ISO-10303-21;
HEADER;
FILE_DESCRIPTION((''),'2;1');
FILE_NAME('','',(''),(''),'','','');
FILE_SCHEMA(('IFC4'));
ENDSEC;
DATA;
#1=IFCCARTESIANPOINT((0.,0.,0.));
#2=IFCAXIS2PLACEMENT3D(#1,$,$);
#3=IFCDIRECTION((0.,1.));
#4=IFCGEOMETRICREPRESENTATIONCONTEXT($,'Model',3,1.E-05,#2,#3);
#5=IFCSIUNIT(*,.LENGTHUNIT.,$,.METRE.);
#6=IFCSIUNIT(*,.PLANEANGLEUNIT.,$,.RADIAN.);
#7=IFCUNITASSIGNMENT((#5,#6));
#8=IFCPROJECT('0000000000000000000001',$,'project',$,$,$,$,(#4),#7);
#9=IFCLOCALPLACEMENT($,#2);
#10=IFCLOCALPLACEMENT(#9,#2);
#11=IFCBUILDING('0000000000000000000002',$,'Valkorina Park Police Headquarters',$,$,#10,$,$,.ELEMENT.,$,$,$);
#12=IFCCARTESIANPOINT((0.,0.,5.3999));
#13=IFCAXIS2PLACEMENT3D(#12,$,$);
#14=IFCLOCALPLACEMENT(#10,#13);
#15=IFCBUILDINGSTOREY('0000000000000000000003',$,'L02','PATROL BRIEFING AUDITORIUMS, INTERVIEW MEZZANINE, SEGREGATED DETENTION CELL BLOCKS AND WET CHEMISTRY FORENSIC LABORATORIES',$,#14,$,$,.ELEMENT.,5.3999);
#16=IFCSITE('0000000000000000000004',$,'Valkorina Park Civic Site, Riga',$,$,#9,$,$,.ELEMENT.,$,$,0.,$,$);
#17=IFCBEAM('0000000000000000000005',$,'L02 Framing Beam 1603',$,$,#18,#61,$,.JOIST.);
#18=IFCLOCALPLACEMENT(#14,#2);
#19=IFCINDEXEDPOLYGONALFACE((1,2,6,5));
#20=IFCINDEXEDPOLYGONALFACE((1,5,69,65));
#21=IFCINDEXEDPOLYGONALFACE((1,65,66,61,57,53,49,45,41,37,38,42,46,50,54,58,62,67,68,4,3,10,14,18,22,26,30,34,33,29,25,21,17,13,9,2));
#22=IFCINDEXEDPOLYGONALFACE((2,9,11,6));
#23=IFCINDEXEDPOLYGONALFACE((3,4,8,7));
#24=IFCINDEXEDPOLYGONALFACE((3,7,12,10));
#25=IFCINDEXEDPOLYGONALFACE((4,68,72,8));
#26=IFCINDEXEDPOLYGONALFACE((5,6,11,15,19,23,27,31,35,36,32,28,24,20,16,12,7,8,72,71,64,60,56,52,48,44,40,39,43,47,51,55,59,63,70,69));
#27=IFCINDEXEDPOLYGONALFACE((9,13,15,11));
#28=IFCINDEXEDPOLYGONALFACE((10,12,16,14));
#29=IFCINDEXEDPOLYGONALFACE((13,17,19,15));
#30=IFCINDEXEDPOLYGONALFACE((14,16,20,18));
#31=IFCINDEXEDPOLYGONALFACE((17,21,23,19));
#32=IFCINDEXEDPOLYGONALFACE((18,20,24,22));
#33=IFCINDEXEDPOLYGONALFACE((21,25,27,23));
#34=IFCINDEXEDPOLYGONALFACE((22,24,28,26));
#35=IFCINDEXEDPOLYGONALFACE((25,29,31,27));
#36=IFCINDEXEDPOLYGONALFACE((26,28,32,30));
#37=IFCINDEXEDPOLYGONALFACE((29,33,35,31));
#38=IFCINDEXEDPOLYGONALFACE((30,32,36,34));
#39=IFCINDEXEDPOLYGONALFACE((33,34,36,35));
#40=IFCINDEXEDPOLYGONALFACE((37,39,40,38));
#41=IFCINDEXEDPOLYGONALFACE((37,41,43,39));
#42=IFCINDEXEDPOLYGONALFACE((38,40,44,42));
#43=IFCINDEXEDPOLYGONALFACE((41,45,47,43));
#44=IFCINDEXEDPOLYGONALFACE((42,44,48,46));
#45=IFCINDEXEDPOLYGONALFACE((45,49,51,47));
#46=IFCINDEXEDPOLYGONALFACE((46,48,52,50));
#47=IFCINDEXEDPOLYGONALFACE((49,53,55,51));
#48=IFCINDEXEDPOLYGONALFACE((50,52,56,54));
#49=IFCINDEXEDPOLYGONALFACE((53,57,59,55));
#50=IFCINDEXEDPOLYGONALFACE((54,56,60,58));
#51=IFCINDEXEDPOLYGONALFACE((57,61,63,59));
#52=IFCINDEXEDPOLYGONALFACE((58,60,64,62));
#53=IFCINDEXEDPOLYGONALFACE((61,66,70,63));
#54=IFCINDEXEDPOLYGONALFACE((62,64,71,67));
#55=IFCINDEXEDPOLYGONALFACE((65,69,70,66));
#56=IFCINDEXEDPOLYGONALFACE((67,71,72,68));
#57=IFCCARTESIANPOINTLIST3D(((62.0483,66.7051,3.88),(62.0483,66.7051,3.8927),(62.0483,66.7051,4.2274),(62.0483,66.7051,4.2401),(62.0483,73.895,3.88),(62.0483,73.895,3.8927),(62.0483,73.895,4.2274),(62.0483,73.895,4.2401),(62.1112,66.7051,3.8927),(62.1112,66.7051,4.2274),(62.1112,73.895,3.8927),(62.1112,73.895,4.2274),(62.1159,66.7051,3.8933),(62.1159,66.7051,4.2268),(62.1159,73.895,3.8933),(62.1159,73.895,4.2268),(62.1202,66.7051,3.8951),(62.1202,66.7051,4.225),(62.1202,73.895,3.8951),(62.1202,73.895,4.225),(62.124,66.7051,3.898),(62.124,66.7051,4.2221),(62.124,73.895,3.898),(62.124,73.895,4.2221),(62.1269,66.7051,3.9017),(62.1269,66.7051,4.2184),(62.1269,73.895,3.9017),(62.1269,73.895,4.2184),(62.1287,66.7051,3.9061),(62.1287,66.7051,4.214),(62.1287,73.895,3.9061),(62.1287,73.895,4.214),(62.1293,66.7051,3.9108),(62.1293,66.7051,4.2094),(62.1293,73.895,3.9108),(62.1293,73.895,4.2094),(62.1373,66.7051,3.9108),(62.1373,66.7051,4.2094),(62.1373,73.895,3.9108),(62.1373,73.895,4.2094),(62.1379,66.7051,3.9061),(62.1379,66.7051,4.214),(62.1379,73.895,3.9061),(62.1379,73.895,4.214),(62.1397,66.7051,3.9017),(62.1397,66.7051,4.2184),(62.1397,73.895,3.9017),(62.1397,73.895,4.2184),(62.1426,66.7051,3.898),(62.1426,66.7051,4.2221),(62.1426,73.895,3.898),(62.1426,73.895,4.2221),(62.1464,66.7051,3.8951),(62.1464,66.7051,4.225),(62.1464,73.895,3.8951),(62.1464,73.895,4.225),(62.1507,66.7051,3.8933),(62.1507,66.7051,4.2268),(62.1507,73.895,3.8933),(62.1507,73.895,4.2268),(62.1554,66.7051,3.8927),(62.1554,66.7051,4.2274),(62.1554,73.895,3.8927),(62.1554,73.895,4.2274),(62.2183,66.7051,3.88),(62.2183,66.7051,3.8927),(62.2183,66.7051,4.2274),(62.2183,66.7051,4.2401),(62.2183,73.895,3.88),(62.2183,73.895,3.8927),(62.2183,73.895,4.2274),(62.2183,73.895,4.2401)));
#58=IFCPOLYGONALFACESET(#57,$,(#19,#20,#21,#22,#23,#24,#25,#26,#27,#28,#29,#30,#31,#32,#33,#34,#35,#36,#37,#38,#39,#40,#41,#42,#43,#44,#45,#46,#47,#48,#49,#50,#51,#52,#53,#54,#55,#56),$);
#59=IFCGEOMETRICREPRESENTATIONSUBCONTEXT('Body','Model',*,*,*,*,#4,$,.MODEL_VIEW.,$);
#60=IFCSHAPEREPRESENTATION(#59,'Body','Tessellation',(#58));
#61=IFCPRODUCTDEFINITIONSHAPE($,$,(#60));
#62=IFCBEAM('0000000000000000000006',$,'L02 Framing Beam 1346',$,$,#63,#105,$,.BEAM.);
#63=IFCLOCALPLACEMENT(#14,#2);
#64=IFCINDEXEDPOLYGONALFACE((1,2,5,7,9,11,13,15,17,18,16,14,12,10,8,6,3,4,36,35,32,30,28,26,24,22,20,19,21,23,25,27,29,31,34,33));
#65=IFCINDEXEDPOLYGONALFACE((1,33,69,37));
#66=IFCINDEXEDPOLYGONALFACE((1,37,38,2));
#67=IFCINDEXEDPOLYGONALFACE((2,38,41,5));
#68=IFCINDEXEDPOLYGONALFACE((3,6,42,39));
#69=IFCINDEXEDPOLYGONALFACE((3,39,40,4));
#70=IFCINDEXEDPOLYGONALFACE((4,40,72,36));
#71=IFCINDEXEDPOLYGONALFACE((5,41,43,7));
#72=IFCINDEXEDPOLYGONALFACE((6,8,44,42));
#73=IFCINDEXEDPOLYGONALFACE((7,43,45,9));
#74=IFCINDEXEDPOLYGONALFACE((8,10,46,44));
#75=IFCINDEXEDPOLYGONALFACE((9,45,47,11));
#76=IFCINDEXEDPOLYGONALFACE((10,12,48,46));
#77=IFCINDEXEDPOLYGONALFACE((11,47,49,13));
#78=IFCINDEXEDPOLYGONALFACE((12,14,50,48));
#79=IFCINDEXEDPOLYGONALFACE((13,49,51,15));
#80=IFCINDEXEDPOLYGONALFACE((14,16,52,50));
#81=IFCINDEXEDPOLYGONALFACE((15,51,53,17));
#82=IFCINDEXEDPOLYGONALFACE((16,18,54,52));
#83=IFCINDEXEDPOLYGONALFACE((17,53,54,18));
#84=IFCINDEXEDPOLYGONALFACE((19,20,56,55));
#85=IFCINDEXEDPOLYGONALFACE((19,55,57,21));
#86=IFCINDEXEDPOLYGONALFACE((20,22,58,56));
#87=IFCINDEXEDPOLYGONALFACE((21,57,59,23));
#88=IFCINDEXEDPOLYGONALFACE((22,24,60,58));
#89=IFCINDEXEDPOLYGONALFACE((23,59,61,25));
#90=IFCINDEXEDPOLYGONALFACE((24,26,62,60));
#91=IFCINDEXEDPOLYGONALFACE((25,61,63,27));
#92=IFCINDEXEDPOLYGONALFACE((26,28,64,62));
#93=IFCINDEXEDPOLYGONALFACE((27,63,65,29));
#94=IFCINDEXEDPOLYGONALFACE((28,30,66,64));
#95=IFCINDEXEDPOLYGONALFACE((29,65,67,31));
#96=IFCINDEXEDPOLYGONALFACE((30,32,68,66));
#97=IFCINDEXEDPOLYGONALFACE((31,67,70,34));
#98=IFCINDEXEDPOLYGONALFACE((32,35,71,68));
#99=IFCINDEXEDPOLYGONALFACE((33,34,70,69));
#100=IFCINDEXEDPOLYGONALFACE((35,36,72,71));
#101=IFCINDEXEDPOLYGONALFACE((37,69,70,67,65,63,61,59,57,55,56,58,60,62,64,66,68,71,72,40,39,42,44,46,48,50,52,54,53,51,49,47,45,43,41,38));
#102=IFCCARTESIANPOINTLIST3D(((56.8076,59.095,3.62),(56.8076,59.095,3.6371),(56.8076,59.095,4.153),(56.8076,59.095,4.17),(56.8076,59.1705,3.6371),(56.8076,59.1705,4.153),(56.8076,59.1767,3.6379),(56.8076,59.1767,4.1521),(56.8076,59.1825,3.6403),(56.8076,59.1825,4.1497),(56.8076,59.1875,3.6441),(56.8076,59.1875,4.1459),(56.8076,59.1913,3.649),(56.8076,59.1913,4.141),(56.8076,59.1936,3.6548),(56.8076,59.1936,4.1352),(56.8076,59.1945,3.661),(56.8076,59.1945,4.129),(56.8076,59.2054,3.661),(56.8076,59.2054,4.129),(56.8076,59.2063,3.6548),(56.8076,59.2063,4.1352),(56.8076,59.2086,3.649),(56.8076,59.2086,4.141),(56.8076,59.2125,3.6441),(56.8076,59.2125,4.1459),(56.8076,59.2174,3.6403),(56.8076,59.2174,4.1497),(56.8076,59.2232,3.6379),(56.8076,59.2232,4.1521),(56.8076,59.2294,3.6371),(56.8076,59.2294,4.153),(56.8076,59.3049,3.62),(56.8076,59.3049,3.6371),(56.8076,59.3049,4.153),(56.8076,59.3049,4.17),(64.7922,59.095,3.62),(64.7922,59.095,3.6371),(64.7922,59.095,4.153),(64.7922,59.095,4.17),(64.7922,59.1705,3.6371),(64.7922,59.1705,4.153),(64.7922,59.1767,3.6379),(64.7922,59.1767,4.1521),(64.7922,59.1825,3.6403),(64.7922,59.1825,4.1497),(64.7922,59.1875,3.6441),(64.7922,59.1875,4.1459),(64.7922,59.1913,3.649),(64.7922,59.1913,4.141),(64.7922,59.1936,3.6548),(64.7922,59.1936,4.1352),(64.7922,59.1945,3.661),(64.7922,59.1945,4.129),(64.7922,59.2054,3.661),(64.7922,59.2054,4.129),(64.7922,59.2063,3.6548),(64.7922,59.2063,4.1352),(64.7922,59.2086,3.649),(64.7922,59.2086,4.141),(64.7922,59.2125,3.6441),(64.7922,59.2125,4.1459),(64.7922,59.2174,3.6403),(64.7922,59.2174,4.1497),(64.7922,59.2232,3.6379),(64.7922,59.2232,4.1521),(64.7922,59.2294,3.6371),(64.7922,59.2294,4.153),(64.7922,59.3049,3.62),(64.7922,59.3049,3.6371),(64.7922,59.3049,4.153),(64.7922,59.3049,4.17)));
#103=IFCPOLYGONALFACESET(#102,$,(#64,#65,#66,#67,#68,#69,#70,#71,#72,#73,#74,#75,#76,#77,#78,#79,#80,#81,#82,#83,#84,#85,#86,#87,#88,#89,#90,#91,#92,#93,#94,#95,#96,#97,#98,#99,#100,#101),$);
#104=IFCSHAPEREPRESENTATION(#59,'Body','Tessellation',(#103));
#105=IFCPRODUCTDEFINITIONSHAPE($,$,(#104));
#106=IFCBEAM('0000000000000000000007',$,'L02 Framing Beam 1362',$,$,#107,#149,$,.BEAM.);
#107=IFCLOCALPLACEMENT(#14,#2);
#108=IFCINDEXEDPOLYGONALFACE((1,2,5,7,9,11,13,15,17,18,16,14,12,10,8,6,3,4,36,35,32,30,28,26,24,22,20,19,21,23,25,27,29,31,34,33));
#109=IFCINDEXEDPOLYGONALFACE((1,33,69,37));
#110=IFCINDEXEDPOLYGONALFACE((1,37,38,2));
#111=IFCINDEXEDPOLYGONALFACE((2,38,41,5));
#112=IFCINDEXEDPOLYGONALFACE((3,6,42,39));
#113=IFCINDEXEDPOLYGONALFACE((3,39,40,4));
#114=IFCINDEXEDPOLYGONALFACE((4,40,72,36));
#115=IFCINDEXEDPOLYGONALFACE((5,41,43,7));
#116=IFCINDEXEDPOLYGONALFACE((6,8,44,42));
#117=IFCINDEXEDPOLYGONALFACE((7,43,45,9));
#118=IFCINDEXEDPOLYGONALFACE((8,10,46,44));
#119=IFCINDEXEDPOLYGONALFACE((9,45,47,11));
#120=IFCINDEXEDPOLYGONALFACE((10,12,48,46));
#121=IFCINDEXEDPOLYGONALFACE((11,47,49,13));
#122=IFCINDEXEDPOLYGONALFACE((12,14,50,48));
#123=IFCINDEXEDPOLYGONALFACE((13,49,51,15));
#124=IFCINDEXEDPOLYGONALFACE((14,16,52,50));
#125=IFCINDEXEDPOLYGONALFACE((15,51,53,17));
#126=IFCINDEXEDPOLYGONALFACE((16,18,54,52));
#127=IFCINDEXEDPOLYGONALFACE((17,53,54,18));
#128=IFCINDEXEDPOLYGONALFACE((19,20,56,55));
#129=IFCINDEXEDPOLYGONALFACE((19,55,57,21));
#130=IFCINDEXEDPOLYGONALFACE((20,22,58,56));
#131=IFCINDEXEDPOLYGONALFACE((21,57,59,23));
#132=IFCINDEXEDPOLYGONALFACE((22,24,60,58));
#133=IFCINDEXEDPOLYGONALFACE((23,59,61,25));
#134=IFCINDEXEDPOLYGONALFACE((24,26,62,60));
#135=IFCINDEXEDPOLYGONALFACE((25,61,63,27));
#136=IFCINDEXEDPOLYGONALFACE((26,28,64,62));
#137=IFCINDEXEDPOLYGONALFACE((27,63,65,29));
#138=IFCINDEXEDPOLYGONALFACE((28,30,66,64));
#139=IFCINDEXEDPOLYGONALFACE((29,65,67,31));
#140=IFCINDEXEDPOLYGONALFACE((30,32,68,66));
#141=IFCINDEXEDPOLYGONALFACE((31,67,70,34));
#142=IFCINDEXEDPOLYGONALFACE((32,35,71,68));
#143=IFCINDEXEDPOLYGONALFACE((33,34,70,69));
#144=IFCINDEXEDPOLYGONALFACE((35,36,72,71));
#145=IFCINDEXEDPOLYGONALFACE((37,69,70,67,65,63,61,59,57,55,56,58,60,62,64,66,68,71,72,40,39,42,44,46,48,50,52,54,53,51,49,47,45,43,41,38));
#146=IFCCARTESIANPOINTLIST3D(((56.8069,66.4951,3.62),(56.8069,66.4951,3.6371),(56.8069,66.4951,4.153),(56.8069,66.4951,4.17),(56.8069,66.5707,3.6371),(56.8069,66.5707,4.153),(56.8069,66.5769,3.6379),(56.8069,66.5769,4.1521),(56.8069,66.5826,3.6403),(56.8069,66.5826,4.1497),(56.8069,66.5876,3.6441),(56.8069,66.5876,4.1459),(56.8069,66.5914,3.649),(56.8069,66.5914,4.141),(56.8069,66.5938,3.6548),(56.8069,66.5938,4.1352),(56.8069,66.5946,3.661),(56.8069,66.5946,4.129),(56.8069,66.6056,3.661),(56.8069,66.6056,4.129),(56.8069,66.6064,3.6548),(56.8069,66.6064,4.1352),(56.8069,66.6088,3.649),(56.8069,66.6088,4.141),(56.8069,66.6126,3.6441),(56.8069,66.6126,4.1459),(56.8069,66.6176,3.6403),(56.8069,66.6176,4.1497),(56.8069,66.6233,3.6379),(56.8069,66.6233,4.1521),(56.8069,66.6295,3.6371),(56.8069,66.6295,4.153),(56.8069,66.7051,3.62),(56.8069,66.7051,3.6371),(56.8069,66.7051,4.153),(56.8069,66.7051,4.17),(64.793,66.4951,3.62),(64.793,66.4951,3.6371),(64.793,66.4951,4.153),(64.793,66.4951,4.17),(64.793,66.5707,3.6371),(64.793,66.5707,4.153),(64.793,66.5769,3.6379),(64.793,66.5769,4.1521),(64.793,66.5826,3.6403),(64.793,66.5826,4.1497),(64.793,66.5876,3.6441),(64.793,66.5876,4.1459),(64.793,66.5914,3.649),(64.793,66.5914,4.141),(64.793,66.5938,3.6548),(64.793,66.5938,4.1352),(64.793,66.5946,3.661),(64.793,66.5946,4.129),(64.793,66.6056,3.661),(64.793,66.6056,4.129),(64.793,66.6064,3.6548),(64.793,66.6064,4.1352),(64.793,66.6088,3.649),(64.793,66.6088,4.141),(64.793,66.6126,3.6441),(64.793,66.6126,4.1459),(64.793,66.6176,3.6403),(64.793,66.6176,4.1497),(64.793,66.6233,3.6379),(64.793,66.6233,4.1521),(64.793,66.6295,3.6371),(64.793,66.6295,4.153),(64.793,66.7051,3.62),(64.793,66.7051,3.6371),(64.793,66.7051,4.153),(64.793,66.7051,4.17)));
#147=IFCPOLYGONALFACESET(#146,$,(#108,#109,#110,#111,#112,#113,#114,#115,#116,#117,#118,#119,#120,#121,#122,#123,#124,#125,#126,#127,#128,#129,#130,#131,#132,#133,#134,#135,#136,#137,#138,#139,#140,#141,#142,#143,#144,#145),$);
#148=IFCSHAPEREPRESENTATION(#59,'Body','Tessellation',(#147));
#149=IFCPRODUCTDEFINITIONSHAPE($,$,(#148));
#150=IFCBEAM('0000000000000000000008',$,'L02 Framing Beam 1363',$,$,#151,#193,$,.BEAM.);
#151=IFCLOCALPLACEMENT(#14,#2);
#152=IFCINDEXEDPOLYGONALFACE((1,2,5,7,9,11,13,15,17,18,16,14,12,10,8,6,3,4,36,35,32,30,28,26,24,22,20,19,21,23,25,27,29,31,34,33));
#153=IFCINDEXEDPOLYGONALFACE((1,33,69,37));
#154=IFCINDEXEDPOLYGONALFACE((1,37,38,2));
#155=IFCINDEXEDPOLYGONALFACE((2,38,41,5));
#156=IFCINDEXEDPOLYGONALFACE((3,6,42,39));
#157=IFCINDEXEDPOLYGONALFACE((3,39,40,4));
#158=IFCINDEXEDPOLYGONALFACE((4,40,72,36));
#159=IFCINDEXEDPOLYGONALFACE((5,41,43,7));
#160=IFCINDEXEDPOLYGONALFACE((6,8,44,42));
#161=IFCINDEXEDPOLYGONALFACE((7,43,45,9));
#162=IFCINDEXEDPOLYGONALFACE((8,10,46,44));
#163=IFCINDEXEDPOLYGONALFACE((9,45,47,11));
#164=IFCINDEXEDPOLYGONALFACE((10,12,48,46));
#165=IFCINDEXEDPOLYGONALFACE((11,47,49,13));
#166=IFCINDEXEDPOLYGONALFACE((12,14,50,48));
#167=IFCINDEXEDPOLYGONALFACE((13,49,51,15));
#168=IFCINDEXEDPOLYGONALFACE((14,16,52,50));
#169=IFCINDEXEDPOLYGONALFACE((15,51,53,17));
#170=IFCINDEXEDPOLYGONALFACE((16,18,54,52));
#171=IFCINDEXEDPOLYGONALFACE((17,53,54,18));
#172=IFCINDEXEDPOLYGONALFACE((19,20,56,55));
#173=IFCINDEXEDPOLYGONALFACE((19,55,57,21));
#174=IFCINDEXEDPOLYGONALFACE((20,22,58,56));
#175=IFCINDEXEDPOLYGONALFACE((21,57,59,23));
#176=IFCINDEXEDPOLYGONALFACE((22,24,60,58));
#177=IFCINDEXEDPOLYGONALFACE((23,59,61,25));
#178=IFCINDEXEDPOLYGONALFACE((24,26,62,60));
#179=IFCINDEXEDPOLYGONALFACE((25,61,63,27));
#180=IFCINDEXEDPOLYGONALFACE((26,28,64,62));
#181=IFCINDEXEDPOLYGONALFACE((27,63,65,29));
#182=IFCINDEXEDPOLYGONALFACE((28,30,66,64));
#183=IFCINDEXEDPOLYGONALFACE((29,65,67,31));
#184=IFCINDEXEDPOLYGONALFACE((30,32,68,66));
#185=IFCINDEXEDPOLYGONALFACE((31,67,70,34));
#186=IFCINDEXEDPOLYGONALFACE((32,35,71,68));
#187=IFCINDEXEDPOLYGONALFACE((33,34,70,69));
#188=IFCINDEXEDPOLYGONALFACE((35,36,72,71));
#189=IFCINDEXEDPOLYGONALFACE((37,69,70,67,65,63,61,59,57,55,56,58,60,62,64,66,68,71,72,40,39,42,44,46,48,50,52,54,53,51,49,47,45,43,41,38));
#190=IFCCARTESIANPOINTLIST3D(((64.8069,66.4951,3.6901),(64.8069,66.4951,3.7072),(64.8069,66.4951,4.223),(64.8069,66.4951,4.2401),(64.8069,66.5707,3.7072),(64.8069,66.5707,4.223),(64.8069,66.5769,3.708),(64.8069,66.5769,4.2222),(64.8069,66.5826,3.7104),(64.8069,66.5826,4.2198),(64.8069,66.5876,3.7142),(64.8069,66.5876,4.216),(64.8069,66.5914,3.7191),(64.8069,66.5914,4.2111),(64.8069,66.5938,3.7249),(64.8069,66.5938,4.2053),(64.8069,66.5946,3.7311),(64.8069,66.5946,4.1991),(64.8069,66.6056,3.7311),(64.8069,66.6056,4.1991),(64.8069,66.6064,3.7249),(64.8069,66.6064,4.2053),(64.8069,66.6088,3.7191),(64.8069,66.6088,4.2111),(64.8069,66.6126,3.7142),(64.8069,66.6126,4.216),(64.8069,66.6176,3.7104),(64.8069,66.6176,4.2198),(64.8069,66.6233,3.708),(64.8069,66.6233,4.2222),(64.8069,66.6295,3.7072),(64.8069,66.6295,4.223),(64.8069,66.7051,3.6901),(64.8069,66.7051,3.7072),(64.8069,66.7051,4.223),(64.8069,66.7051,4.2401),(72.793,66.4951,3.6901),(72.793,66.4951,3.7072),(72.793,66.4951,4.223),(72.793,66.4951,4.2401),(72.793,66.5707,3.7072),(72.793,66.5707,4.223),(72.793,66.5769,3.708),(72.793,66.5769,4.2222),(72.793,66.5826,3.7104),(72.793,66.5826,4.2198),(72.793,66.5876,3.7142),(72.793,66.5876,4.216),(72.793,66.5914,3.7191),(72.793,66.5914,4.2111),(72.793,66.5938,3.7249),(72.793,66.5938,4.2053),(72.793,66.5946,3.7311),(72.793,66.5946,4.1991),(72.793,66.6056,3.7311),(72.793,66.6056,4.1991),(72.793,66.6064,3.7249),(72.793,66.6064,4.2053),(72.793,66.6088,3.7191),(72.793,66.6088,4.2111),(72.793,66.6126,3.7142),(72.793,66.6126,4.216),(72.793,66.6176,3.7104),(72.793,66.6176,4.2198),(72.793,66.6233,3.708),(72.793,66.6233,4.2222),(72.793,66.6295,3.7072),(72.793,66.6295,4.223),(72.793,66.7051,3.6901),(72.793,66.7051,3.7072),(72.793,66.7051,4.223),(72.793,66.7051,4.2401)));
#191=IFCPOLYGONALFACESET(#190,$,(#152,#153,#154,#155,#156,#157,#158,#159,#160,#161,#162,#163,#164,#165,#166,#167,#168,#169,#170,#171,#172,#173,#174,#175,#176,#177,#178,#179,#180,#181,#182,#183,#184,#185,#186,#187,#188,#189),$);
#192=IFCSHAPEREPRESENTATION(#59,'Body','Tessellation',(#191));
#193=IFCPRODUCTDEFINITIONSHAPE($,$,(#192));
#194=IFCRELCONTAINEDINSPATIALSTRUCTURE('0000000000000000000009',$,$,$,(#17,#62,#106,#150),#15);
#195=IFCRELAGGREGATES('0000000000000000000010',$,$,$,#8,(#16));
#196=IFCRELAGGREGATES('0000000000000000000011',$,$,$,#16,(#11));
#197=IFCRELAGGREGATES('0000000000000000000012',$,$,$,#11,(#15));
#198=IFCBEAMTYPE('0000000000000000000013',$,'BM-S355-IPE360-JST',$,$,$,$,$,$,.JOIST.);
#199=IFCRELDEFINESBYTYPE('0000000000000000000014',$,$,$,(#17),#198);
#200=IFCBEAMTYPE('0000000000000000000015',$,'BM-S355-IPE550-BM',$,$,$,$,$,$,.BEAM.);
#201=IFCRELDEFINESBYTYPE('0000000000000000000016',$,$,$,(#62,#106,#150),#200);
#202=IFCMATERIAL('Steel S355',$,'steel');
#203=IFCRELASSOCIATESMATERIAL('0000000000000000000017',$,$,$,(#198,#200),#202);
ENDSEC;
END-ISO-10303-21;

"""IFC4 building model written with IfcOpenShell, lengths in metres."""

from ifc_helpers import new_model, si_unit, direction, frame, origin, origin_2d, place, context, subcontext, project, spatial, i_section, extrude, material, material_profile, profile_set, type_object, element, save


model = new_model("IFC4")

# Units and contexts
model_context = context("Model", 3, precision=1e-05, world=origin(), true_north=direction((0.0, 1.0)))
body_context = subcontext(model_context, "Body", "Model", "MODEL_VIEW")
ifc_project = project(units=[si_unit("LENGTHUNIT", "METRE"), si_unit("PLANEANGLEUNIT", "RADIAN")], contexts=[model_context])

# Site, building, storey
site_placement = place(None, origin())
site = spatial("IfcSite", under=ifc_project, at=site_placement, Name="Valkorina Park Civic Site, Riga", CompositionType="ELEMENT", RefElevation=0.0)
building_placement = place(site_placement, origin())
building = spatial("IfcBuilding", under=site, at=building_placement, Name="Valkorina Park Police Headquarters", CompositionType="ELEMENT")
storey_placement = place(building_placement, frame((0.0, 0.0, 5.3999)))
storey = spatial("IfcBuildingStorey", under=building, at=storey_placement, Name="L02", Description="PATROL BRIEFING AUDITORIUMS, INTERVIEW MEZZANINE, SEGREGATED DETENTION CELL BLOCKS AND WET CHEMISTRY FORENSIC LABORATORIES", CompositionType="ELEMENT", Elevation=5.3999)

# Shared definitions
ifc_material_1 = material(Name="Steel S355", Category="steel")

# Beams
ifc_material_profile_1 = material_profile(ifc_material_1, i_section(OverallWidth=0.1699, OverallDepth=0.3601, WebThickness=0.0081, FlangeThickness=0.0127, FilletRadius=0.0181, at=origin_2d()), Name="IPE 360")
ifc_profile_set_1 = profile_set([ifc_material_profile_1], Name="Steel S355")
beam_type_1 = type_object("IfcBeamType", Name="BM-S355-IPE360-JST", PredefinedType="JOIST", material=ifc_profile_set_1)
for number, where, z_axis, x_axis, name in (
    (1, (62.1333, 66.7051, 4.0601), (0.0, 1.0, 0.0), (-1.0, 0.0, 0.0), "L02 Framing Beam 1603"),
):
    element("IfcBeam", number, at=place(storey_placement, frame(where, z_axis=z_axis, x_axis=x_axis)), inside=storey, type_object=beam_type_1, Name=name, PredefinedType="JOIST", context=body_context, shape_type="SweptSolid", body=[
        extrude(i_section(OverallWidth=0.1699, OverallDepth=0.3601, WebThickness=0.0081, FlangeThickness=0.0127, FilletRadius=0.0181, at=origin_2d()), origin(), (0.0, 0.0, 1.0), 7.1899),
    ])
ifc_material_profile_2 = material_profile(ifc_material_1, i_section(OverallWidth=0.21, OverallDepth=0.55, WebThickness=0.011, FlangeThickness=0.0171, FilletRadius=0.0239, at=origin_2d()), Name="IPE 550")
ifc_profile_set_2 = profile_set([ifc_material_profile_2], Name="Steel S355")
beam_type_2 = type_object("IfcBeamType", Name="BM-S355-IPE550-BM", PredefinedType="BEAM", material=ifc_profile_set_2)
beam_1_placement = place(storey_placement, frame((56.8076, 59.2, 3.895), z_axis=(1.0, 0.0, 0.0), x_axis=(0.0, 1.0, 0.0)))
element("IfcBeam", 2, at=beam_1_placement, inside=storey, type_object=beam_type_2, Name="L02 Framing Beam 1346", PredefinedType="BEAM", context=body_context, shape_type="SweptSolid", body=[
    extrude(i_section(OverallWidth=0.21, OverallDepth=0.55, WebThickness=0.011, FlangeThickness=0.0171, FilletRadius=0.0239, at=origin_2d()), origin(), (0.0, 0.0, 1.0), 7.9846),
])
for number, where, z_axis, x_axis, name in (
    (3, (56.8069, 66.6001, 3.895), (1.0, 0.0, 0.0), (0.0, 1.0, 0.0), "L02 Framing Beam 1362"),
    (4, (64.8069, 66.6001, 3.9651), (1.0, 0.0, 0.0), (0.0, 1.0, 0.0), "L02 Framing Beam 1363"),
):
    element("IfcBeam", number, at=place(storey_placement, frame(where, z_axis=z_axis, x_axis=x_axis)), inside=storey, type_object=beam_type_2, Name=name, PredefinedType="BEAM", context=body_context, shape_type="SweptSolid", body=[
        extrude(i_section(OverallWidth=0.21, OverallDepth=0.55, WebThickness=0.011, FlangeThickness=0.0171, FilletRadius=0.0239, at=origin_2d()), origin(), (0.0, 0.0, 1.0), 7.9861),
    ])

save(model, "model.ifc")
